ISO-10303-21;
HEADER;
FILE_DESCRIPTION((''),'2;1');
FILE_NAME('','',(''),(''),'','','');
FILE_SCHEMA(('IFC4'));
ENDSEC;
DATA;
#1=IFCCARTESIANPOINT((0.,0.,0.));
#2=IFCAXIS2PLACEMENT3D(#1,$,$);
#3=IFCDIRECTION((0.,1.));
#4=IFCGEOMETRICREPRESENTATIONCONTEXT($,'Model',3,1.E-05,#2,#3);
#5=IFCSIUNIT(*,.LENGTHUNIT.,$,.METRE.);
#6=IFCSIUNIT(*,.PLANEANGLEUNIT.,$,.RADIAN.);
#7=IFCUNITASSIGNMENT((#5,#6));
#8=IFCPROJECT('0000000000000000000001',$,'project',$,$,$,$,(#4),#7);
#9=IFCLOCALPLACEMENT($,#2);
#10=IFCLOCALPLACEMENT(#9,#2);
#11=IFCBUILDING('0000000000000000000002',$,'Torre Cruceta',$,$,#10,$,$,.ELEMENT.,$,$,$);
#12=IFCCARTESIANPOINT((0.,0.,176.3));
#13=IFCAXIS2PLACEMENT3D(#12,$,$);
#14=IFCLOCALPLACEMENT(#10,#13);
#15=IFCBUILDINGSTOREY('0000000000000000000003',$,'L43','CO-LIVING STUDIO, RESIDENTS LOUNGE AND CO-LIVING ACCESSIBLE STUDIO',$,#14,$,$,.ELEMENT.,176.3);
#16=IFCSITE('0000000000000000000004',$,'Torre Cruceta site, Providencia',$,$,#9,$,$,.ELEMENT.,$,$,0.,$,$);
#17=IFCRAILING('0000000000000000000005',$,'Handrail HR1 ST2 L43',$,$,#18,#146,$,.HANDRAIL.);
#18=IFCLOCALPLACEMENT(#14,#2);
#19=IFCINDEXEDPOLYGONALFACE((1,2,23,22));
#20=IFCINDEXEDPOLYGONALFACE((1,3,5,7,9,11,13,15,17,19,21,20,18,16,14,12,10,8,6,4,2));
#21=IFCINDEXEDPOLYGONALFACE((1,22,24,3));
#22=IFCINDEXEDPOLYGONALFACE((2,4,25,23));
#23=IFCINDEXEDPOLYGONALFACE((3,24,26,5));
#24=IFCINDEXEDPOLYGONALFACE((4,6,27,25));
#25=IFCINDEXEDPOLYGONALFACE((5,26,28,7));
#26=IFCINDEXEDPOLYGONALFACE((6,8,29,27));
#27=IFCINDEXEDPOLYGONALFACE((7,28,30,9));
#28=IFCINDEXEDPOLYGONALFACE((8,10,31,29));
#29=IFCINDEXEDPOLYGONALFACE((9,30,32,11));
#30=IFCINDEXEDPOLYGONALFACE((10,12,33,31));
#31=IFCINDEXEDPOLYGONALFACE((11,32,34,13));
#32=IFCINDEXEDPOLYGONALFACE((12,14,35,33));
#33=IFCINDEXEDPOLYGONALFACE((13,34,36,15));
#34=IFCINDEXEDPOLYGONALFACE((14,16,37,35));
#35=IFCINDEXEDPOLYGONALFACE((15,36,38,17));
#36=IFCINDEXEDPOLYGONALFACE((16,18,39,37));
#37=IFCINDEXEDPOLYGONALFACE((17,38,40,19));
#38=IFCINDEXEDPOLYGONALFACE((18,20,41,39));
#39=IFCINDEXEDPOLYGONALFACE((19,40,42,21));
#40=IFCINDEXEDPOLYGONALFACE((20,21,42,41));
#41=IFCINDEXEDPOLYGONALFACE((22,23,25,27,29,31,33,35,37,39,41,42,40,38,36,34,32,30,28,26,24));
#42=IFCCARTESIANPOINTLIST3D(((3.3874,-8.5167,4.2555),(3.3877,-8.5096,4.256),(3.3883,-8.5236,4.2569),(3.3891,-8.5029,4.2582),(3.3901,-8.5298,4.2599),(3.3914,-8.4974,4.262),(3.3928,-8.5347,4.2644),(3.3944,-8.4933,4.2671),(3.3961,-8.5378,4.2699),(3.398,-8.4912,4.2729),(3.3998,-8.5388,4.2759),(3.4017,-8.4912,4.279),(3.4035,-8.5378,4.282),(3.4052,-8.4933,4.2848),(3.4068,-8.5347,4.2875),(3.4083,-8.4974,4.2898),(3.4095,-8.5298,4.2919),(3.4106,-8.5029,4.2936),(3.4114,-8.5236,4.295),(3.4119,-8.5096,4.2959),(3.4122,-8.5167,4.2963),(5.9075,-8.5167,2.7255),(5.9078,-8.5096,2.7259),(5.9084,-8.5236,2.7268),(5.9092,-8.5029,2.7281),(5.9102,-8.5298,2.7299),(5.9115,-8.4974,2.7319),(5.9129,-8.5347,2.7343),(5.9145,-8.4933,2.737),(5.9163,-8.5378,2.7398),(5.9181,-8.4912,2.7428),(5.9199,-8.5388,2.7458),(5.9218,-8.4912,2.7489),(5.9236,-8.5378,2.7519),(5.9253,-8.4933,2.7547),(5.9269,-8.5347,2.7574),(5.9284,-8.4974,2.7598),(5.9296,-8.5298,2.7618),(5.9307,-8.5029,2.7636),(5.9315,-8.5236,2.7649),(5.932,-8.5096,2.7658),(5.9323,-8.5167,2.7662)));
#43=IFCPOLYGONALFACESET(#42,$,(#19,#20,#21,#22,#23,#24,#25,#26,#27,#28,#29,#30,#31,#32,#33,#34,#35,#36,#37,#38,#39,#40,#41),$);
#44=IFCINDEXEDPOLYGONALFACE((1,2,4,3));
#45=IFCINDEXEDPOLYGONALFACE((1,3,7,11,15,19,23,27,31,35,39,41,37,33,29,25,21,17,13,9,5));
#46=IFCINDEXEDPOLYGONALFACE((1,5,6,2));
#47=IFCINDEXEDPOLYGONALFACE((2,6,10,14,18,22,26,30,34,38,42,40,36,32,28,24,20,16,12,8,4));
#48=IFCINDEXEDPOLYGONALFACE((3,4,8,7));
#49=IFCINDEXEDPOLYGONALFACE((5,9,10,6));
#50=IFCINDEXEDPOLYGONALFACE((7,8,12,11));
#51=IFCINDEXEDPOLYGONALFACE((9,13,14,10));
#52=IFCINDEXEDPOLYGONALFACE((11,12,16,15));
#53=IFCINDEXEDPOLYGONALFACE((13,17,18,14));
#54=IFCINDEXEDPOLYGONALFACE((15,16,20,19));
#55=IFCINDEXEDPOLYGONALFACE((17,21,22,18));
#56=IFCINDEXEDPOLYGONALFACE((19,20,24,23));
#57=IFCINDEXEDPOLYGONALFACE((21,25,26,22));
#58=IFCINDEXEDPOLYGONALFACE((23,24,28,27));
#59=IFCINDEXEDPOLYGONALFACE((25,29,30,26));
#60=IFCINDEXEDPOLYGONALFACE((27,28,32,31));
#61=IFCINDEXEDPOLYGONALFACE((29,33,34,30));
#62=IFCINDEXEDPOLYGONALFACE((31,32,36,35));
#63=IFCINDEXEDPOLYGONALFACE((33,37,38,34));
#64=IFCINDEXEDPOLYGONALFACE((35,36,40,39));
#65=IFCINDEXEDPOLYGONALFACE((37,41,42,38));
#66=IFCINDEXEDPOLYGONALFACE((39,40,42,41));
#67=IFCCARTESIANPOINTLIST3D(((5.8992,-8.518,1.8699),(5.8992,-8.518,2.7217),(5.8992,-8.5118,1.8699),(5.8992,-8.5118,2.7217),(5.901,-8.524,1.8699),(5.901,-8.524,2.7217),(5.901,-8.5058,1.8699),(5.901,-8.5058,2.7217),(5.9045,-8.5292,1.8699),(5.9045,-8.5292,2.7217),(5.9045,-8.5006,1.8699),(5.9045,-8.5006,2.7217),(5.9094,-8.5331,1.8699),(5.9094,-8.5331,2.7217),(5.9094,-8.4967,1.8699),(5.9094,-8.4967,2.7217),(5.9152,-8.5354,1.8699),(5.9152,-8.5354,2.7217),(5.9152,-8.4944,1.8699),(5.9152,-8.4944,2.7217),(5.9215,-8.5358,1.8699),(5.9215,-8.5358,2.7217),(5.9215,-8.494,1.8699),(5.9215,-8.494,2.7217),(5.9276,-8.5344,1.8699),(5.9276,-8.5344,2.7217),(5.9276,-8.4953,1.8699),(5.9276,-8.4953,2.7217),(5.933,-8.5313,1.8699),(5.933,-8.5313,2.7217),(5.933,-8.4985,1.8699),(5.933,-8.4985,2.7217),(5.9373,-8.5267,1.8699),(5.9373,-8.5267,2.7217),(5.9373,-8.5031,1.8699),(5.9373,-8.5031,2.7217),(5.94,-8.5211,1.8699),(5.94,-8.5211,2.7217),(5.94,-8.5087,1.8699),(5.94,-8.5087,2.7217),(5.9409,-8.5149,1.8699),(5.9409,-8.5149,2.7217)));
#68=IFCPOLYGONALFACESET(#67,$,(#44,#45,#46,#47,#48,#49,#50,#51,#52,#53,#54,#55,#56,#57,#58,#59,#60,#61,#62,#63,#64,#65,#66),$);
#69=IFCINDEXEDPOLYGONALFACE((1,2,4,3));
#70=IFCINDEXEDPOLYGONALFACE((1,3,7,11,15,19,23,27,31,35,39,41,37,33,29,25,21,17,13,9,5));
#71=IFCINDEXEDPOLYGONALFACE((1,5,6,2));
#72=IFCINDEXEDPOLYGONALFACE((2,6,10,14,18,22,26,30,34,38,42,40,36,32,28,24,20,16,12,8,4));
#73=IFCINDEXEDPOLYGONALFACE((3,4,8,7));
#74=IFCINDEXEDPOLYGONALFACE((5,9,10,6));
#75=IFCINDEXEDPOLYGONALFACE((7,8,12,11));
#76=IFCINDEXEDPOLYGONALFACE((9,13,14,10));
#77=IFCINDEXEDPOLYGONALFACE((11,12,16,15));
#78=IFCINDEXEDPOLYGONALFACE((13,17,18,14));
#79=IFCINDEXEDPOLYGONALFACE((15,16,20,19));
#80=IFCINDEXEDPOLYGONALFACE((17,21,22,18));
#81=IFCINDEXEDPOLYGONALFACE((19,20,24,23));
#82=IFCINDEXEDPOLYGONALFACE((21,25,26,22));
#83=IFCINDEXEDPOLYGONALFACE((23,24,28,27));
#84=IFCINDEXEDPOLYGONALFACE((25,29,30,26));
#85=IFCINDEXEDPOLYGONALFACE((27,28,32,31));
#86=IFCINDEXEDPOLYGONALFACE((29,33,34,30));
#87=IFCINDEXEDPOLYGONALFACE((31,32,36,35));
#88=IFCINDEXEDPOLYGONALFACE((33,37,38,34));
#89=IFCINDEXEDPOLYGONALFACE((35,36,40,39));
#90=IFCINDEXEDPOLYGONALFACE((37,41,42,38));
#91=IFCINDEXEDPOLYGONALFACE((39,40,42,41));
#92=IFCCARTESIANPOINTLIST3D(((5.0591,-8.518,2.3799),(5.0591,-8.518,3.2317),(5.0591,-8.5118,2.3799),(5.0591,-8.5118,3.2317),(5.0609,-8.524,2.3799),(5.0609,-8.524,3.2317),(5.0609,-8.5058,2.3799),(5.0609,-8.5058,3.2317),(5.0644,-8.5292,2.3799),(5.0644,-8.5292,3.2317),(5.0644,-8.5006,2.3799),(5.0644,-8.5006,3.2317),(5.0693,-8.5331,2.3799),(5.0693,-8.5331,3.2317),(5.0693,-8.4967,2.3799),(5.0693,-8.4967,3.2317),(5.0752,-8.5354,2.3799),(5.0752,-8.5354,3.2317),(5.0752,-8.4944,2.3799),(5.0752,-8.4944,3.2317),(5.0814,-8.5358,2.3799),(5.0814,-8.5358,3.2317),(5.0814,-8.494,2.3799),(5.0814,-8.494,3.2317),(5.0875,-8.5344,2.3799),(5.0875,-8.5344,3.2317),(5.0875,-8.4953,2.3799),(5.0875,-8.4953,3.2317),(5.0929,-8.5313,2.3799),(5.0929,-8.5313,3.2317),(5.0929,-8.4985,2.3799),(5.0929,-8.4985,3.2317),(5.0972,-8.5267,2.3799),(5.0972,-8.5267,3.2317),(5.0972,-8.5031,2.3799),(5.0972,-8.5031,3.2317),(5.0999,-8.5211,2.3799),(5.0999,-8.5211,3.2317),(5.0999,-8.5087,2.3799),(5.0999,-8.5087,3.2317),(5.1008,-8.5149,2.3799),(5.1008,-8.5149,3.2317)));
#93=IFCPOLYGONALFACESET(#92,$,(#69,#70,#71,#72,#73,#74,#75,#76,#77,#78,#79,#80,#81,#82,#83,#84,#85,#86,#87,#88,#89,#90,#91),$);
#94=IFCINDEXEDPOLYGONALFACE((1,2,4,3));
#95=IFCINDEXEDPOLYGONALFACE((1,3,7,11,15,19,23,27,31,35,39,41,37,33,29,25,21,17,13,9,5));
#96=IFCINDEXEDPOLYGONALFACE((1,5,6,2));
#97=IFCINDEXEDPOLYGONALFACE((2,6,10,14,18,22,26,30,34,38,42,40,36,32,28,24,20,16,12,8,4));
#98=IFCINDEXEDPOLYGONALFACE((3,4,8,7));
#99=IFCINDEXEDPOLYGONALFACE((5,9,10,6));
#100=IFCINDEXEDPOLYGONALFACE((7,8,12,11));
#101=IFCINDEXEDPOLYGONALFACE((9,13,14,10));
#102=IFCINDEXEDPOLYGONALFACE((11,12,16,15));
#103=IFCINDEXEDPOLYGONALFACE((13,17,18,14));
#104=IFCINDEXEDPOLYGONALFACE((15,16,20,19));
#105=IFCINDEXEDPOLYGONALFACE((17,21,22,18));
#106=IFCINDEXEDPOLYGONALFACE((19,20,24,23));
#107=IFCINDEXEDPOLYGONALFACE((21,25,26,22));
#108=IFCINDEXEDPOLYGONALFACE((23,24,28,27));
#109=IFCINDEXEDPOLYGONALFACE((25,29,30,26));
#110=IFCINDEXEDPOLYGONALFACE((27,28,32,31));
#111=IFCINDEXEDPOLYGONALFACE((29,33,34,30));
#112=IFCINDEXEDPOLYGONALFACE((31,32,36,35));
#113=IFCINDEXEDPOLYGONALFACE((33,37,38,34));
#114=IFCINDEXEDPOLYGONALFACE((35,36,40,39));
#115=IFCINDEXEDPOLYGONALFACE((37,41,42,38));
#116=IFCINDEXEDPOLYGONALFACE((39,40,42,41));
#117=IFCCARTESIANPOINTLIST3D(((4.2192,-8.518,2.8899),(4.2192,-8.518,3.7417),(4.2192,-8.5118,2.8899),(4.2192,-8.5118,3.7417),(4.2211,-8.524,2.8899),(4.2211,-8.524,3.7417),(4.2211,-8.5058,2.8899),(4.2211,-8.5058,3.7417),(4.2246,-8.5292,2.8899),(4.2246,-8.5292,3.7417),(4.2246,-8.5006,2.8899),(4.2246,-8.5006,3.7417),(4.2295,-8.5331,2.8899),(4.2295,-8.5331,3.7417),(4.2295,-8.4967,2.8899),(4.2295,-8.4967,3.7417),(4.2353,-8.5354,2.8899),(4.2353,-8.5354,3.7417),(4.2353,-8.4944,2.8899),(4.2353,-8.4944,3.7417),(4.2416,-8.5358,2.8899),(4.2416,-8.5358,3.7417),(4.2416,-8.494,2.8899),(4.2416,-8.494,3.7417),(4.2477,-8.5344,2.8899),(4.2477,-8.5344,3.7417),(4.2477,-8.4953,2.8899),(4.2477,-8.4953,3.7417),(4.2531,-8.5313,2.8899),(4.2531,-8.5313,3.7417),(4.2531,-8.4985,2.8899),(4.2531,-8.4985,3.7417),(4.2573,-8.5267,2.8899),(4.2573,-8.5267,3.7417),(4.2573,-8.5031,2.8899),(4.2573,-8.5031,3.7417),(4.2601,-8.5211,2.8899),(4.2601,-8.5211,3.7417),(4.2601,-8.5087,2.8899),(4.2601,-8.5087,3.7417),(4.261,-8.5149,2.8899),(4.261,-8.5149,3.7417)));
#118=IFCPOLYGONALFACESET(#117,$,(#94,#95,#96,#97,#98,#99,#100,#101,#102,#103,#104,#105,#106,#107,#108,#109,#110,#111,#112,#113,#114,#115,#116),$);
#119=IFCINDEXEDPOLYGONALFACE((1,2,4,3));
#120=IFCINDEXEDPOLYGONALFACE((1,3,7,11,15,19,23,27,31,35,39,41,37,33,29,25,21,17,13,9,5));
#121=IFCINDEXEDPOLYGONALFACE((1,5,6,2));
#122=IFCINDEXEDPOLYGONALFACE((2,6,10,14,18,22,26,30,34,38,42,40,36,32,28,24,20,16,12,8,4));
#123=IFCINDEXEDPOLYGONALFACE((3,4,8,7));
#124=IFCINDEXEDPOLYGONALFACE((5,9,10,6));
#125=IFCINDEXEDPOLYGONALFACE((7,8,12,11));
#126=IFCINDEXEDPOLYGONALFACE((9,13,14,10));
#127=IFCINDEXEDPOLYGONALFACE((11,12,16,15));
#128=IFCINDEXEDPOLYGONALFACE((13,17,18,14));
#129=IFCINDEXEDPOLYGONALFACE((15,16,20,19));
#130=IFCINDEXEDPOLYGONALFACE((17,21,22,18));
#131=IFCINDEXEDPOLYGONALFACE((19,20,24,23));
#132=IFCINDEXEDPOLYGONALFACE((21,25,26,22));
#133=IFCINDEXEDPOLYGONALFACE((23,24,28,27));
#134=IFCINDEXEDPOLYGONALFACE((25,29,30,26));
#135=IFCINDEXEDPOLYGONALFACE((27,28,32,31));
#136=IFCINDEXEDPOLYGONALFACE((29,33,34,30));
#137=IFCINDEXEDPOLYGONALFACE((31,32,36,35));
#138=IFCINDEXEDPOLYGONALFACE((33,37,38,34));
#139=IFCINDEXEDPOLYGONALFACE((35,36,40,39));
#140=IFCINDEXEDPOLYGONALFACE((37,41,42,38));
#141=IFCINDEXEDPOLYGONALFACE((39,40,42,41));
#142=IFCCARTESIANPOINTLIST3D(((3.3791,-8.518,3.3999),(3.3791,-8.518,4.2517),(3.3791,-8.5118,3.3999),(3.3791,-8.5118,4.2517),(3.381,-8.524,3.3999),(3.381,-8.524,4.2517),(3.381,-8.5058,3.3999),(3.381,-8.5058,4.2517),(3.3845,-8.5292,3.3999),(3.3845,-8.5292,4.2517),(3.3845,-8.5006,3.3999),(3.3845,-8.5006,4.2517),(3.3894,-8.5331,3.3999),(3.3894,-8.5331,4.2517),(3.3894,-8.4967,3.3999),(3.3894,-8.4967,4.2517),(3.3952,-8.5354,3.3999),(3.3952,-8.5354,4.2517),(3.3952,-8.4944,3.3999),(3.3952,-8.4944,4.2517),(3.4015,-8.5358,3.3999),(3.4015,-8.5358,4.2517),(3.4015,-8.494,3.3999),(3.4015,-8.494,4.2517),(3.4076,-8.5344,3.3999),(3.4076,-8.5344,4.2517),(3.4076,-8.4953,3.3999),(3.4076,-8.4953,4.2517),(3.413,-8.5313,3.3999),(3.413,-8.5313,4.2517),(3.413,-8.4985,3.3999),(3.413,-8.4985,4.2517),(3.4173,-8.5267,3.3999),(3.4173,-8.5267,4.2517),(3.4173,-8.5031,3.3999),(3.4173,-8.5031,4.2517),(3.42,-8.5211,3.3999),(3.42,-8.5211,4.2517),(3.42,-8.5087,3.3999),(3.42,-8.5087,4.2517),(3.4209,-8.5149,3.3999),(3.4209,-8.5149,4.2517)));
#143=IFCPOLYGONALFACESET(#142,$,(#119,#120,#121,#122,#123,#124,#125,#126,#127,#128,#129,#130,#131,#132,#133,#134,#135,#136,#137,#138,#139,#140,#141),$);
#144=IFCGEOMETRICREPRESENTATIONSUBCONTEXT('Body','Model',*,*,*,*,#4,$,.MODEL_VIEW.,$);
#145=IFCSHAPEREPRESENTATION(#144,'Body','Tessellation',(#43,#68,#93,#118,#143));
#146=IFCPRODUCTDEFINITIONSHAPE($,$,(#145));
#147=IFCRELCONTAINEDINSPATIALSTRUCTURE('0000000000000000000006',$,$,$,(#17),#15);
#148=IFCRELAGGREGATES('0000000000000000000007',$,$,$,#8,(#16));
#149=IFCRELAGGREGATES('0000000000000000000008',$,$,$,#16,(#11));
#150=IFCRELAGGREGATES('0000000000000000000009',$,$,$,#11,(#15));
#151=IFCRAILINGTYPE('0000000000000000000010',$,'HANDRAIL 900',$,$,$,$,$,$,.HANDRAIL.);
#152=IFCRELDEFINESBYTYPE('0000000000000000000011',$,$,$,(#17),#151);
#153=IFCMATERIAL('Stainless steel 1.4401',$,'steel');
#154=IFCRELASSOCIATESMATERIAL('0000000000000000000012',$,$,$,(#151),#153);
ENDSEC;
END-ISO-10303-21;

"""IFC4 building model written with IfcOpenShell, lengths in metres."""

from ifc_helpers import new_model, si_unit, direction, frame, origin, origin_2d, place, context, subcontext, project, spatial, circle, extrude, material, type_object, element, save


model = new_model("IFC4")

# Units and contexts
model_context = context("Model", 3, precision=1e-05, world=origin(), true_north=direction((0.0, 1.0)))
body_context = subcontext(model_context, "Body", "Model", "MODEL_VIEW")
ifc_project = project(units=[si_unit("LENGTHUNIT", "METRE"), si_unit("PLANEANGLEUNIT", "RADIAN")], contexts=[model_context])

# Site, building, storey
site_placement = place(None, origin())
site = spatial("IfcSite", under=ifc_project, at=site_placement, Name="Torre Cruceta site, Providencia", CompositionType="ELEMENT", RefElevation=0.0)
building_placement = place(site_placement, origin())
building = spatial("IfcBuilding", under=site, at=building_placement, Name="Torre Cruceta", CompositionType="ELEMENT")
storey_placement = place(building_placement, frame((0.0, 0.0, 176.3)))
storey = spatial("IfcBuildingStorey", under=building, at=storey_placement, Name="L43", Description="CO-LIVING STUDIO, RESIDENTS LOUNGE AND CO-LIVING ACCESSIBLE STUDIO", CompositionType="ELEMENT", Elevation=176.3)

# Railing
ifc_material_1 = material(Name="Stainless steel 1.4401", Category="steel")
railing_type = type_object("IfcRailingType", Name="HANDRAIL 900", PredefinedType="HANDRAIL", material=ifc_material_1)
railing_placement = place(storey_placement, frame((5.9199, -8.5149, 1.8699)))
element("IfcRailing", 1, at=railing_placement, inside=storey, type_object=railing_type, Name="Handrail HR1 ST2 L43", PredefinedType="HANDRAIL", context=body_context, shape_type="SweptSolid", body=[
    extrude(circle(Radius=0.0239, at=origin_2d()), frame((0.0, 0.0, 0.876), z_axis=(-0.854785, 0.0, 0.518982), x_axis=(0.0, -1.0, 0.0)), (0.0, 0.0, 1.0), 2.9482),
    extrude(circle(Radius=0.021, at=origin_2d()), origin(), (0.0, 0.0, 1.0), 0.8518),
    extrude(circle(Radius=0.021, at=origin_2d()), frame((-0.8401, 0.0, 0.51)), (0.0, 0.0, 1.0), 0.8518),
    extrude(circle(Radius=0.021, at=origin_2d()), frame((-1.6799, 0.0, 1.02)), (0.0, 0.0, 1.0), 0.8518),
    extrude(circle(Radius=0.021, at=origin_2d()), frame((-2.52, 0.0, 1.53)), (0.0, 0.0, 1.0), 0.8518),
])

save(model, "model.ifc")
